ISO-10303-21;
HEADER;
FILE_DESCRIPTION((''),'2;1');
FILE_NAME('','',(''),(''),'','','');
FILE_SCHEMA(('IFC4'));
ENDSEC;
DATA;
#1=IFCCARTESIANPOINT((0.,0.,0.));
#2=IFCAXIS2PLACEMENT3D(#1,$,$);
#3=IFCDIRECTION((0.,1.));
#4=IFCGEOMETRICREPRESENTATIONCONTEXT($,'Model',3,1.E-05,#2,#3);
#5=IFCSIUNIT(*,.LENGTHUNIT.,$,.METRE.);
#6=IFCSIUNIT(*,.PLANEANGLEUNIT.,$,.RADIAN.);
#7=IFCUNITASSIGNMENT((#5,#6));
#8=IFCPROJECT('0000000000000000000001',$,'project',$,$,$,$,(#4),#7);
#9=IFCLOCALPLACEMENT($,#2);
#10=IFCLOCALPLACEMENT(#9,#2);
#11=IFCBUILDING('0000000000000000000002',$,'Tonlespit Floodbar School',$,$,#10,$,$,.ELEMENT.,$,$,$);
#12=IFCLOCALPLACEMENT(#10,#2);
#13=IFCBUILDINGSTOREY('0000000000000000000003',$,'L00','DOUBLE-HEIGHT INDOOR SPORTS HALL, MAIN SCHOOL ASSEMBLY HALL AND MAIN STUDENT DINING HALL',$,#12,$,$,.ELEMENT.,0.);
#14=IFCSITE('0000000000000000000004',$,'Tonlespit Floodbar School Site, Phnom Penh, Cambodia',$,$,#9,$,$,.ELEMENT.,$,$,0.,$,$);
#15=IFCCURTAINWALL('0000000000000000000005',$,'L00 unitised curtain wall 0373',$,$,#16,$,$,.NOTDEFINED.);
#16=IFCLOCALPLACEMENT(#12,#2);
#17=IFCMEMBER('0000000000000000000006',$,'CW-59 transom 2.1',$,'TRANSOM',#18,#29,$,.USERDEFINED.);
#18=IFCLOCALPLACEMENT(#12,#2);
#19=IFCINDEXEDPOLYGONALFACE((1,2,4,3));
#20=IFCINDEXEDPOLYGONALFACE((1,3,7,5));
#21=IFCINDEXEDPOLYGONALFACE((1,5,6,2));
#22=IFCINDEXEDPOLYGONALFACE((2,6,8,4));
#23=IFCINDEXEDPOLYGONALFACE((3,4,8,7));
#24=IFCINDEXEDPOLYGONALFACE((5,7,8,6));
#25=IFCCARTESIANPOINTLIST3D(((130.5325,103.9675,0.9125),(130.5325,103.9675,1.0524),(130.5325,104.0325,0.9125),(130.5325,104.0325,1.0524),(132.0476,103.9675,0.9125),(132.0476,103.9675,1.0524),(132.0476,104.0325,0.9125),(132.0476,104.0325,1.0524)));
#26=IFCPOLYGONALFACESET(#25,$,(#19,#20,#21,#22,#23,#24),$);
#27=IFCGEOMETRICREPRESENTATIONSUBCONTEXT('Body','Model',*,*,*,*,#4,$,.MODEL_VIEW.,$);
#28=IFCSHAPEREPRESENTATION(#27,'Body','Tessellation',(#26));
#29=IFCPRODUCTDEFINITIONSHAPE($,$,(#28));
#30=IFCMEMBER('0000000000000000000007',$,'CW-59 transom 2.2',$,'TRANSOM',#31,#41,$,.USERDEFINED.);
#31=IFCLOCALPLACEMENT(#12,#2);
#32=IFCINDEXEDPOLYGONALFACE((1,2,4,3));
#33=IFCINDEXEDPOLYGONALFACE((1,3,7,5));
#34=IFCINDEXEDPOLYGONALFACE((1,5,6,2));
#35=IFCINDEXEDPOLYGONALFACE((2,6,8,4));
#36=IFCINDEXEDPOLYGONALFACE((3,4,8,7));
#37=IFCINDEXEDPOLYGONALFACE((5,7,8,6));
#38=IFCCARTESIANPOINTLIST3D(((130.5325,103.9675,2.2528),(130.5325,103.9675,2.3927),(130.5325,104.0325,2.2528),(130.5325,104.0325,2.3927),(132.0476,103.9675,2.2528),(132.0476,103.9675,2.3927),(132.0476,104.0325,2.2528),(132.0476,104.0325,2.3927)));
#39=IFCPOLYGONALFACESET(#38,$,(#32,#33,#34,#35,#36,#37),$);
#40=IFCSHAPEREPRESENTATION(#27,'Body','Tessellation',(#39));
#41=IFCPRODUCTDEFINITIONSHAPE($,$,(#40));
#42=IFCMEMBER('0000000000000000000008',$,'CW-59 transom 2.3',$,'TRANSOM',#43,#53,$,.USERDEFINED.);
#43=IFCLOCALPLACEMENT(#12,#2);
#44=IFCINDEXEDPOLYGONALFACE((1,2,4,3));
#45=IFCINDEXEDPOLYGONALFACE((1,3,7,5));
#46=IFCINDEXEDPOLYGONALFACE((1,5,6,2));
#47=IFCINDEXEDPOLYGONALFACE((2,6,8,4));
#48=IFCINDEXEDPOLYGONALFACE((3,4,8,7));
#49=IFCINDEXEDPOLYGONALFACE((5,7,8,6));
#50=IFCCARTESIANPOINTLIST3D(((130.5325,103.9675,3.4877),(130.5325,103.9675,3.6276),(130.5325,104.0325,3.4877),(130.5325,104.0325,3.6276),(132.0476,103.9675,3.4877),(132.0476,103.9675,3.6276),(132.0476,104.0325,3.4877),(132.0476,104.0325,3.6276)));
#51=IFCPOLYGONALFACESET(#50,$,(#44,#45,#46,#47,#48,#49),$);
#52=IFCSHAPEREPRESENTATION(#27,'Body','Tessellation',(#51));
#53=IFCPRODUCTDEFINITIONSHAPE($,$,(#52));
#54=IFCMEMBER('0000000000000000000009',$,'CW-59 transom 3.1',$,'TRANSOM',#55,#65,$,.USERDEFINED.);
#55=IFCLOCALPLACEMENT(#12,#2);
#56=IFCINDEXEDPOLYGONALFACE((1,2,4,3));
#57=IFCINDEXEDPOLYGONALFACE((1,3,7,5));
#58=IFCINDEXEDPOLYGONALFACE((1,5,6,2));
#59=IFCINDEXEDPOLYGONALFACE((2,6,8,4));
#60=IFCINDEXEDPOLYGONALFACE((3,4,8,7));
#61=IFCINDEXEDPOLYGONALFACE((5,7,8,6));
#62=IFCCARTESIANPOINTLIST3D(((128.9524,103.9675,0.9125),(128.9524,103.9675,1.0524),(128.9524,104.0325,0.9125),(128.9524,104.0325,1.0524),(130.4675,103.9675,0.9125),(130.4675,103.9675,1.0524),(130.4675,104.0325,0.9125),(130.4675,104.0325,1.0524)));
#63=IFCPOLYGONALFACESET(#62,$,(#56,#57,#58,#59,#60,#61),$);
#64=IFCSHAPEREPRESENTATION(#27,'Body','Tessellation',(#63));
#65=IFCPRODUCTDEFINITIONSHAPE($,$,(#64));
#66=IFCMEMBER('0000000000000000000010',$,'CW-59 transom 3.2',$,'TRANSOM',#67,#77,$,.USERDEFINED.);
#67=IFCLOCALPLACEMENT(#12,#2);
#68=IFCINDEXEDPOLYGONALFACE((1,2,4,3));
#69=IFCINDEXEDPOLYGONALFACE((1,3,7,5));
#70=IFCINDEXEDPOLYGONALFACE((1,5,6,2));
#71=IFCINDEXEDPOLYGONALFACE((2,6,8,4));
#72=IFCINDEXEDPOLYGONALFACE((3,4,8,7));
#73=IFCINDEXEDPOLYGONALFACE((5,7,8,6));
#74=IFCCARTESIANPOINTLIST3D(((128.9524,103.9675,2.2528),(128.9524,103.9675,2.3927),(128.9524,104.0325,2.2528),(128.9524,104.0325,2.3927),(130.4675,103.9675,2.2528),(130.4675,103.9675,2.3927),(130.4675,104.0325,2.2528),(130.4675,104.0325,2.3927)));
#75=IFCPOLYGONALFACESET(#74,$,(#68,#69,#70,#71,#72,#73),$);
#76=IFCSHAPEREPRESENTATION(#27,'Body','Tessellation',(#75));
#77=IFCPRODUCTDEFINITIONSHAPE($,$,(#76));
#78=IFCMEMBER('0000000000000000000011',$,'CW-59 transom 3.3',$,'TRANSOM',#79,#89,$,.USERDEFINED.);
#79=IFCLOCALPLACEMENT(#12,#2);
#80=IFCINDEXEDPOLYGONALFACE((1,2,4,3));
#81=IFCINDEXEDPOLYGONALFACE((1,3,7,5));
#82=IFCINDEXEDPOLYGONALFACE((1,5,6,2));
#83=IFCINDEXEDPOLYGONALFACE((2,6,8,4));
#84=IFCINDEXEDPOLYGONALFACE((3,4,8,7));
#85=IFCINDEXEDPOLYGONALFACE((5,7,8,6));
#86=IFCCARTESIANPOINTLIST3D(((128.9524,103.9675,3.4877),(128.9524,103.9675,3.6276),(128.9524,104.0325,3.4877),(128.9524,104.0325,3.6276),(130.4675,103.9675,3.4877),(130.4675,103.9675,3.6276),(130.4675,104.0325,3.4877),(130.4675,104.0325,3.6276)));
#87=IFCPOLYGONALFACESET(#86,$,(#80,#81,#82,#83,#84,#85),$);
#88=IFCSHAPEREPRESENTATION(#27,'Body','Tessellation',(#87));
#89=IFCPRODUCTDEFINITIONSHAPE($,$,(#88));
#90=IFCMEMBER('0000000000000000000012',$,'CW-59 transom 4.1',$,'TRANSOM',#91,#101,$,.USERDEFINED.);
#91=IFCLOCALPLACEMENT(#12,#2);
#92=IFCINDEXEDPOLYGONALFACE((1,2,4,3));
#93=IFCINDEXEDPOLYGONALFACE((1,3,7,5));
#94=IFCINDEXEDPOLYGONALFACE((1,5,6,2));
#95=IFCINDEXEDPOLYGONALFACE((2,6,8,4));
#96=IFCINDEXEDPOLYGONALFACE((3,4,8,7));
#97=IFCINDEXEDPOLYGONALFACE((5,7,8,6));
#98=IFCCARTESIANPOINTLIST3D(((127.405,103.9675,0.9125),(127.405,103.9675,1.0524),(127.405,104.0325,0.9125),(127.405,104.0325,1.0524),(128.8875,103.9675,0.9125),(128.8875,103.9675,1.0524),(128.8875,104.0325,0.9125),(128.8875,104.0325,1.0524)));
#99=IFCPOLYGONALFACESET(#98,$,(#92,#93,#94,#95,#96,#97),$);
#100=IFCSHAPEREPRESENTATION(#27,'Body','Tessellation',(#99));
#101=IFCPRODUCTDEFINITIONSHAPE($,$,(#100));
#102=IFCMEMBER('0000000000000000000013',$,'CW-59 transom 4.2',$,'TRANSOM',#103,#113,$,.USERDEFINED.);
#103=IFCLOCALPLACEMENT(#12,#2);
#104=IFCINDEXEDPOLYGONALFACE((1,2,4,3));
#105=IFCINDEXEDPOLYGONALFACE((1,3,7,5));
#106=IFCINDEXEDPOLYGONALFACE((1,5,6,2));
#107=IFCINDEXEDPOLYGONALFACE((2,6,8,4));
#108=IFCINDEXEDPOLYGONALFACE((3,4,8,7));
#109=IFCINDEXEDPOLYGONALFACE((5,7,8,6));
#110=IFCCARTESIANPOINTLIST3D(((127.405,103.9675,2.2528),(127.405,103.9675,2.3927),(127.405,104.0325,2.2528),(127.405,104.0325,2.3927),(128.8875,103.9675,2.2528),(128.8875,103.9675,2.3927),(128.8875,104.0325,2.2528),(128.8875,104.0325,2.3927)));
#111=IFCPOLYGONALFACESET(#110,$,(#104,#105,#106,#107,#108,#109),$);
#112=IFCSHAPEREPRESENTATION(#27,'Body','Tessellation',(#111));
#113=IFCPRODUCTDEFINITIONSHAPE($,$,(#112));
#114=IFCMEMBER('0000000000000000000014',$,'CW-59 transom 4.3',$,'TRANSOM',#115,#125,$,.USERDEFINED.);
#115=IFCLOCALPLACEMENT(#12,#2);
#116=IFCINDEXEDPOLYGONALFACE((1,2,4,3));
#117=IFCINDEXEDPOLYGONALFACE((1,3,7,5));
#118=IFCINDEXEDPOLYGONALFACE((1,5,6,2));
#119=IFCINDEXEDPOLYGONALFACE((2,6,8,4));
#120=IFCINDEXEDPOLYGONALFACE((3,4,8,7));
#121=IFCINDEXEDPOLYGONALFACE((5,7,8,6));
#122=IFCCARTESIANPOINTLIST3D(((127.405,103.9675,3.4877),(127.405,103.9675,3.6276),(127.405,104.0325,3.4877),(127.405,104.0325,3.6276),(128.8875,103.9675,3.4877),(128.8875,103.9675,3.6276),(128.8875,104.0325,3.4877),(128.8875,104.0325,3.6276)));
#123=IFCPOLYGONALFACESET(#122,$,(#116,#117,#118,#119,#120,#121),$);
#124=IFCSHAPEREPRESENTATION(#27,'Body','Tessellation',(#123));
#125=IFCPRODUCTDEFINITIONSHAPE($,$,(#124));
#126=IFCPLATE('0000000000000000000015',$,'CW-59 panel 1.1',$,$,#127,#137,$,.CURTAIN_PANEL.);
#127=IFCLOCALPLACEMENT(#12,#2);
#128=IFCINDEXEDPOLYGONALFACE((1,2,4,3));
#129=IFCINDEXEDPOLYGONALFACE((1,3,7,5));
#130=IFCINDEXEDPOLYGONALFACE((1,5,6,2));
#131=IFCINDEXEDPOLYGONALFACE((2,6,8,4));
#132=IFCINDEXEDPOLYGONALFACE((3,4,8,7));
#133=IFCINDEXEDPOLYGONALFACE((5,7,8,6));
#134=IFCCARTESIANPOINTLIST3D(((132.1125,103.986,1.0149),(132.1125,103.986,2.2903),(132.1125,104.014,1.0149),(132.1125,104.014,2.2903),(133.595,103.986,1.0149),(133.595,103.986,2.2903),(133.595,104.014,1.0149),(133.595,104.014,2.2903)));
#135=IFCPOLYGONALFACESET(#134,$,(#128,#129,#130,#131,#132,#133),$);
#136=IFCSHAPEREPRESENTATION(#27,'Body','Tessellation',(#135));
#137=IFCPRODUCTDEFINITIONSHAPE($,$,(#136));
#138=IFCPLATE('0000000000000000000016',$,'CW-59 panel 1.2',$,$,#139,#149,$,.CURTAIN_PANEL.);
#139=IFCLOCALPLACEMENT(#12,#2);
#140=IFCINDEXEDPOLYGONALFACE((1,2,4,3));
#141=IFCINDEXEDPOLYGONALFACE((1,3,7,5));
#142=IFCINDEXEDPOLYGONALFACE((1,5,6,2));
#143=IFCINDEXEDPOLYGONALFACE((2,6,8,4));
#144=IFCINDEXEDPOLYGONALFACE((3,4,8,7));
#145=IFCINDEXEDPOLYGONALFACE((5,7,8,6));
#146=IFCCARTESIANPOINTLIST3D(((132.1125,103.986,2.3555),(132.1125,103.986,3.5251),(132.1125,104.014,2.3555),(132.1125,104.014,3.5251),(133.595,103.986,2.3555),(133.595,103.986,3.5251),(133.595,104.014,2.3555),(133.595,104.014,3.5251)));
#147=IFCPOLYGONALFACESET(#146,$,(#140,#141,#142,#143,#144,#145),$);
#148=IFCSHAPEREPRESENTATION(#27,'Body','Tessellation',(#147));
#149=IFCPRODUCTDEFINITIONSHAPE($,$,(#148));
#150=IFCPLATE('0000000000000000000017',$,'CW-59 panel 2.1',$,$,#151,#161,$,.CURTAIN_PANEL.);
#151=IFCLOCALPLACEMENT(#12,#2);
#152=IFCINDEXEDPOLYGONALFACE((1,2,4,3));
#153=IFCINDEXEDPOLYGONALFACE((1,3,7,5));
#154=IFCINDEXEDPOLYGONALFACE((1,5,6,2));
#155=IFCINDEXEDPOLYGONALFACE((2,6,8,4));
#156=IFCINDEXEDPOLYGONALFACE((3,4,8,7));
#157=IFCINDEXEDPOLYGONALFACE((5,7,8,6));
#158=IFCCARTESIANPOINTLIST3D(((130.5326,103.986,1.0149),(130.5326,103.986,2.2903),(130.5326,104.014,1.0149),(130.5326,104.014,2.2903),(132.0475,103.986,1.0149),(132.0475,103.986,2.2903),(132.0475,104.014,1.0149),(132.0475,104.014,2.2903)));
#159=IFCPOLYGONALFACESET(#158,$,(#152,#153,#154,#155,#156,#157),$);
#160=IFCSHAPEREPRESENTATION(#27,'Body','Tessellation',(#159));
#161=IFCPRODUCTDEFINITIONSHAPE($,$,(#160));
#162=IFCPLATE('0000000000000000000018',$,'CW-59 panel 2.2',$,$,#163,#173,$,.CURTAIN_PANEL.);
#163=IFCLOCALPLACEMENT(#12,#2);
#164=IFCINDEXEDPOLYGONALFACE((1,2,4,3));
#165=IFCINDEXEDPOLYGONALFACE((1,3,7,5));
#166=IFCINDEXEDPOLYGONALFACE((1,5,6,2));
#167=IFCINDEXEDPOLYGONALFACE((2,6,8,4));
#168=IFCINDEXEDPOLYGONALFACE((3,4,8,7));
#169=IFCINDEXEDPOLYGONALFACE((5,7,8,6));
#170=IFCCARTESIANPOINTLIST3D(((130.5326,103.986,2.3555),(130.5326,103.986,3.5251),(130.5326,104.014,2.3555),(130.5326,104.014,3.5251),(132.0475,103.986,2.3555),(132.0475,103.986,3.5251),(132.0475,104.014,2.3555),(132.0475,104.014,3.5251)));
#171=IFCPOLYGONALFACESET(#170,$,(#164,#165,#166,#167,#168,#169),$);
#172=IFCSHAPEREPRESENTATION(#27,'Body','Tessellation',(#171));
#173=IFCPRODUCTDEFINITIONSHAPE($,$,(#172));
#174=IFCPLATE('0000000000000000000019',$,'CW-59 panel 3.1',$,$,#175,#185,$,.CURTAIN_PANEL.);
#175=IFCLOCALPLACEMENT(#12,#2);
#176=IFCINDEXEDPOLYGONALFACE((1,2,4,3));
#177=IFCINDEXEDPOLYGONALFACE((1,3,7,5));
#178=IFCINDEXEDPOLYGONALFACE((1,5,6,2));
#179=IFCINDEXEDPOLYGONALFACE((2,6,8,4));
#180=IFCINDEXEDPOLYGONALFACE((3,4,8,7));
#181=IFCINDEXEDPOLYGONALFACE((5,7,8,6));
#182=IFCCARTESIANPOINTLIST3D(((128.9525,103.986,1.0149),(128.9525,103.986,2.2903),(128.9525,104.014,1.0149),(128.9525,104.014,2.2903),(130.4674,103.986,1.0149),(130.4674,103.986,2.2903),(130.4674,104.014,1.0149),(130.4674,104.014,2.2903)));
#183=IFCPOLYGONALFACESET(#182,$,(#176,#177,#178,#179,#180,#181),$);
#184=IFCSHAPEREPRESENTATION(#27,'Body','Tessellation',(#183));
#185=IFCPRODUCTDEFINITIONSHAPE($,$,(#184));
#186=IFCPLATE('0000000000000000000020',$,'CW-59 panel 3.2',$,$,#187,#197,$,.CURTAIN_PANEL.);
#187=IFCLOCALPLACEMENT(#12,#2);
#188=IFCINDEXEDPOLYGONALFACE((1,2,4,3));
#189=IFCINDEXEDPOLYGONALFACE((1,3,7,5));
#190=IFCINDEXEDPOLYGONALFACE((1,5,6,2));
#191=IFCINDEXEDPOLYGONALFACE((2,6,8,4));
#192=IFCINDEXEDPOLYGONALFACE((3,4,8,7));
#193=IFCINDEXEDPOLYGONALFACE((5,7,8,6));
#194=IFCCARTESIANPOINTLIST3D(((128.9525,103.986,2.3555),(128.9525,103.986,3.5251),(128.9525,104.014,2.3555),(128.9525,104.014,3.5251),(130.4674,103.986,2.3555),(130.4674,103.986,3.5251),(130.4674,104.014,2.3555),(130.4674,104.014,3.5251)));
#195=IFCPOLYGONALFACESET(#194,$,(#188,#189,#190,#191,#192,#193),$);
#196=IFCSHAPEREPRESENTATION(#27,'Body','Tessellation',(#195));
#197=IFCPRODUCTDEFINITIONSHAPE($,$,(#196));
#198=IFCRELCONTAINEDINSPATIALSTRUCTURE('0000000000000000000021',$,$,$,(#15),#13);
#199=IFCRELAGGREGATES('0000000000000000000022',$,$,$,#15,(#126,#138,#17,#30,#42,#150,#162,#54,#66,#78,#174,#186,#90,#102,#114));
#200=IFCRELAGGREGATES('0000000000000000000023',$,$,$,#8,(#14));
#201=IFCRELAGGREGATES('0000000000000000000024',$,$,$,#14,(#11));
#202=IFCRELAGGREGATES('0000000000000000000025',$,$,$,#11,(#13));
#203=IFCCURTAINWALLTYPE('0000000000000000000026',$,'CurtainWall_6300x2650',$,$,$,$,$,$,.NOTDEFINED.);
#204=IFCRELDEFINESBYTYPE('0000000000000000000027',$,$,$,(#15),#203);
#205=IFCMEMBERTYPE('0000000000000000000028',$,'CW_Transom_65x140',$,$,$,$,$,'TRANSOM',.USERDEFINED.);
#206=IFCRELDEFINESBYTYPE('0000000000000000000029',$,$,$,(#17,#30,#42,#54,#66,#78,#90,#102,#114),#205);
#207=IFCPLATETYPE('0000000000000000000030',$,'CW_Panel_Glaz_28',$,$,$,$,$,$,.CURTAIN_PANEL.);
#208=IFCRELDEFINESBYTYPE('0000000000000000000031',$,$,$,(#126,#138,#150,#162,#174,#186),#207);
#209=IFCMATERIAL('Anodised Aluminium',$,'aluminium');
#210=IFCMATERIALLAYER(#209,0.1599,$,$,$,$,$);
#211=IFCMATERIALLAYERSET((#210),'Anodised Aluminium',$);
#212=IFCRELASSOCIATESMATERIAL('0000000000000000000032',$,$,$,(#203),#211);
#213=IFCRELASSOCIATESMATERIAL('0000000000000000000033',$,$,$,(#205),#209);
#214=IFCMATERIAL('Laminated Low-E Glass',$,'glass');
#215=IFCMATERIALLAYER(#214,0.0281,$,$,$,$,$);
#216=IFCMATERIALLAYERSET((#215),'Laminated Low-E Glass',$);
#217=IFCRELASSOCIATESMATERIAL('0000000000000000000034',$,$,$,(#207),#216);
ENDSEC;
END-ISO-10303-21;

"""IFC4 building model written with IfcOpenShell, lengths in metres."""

from ifc_helpers import new_model, si_unit, direction, frame, origin, origin_2d, place, context, subcontext, project, spatial, rectangle, extrude, material, layer, layer_set, material_profile, profile_set, type_object, element, aggregate, save


model = new_model("IFC4")

# Units and contexts
model_context = context("Model", 3, precision=1e-05, world=origin(), true_north=direction((0.0, 1.0)))
body_context = subcontext(model_context, "Body", "Model", "MODEL_VIEW")
ifc_project = project(units=[si_unit("LENGTHUNIT", "METRE"), si_unit("PLANEANGLEUNIT", "RADIAN")], contexts=[model_context])

# Site, building, storey
site_placement = place(None, origin())
site = spatial("IfcSite", under=ifc_project, at=site_placement, Name="Tonlespit Floodbar School Site, Phnom Penh, Cambodia", CompositionType="ELEMENT", RefElevation=0.0)
building_placement = place(site_placement, origin())
building = spatial("IfcBuilding", under=site, at=building_placement, Name="Tonlespit Floodbar School", CompositionType="ELEMENT")
storey_placement = place(building_placement, origin())
storey = spatial("IfcBuildingStorey", under=building, at=storey_placement, Name="L00", Description="DOUBLE-HEIGHT INDOOR SPORTS HALL, MAIN SCHOOL ASSEMBLY HALL AND MAIN STUDENT DINING HALL", CompositionType="ELEMENT", Elevation=0.0)

# Curtain wall, members, plates
ifc_material_1 = material(Name="Anodised Aluminium", Category="aluminium")
ifc_layer_1 = layer(ifc_material_1, 0.1599)
ifc_layer_set_1 = layer_set([ifc_layer_1], Name="Anodised Aluminium")
curtain_wall_type = type_object("IfcCurtainWallType", Name="CurtainWall_6300x2650", PredefinedType="NOTDEFINED", material=ifc_layer_set_1)
curtain_wall_placement = place(storey_placement, origin())
curtain_wall = element("IfcCurtainWall", 1, at=curtain_wall_placement, inside=storey, type_object=curtain_wall_type, Name="L00 unitised curtain wall 0373", PredefinedType="NOTDEFINED")
ifc_material_profile_1 = material_profile(ifc_material_1, rectangle(XDim=0.0649, YDim=0.1399, at=origin_2d()), Name="ALU T65x140")
ifc_profile_set_1 = profile_set([ifc_material_profile_1], Name="Anodised Aluminium")
member_type_1 = type_object("IfcMemberType", Name="CW_Transom_65x140", ElementType="TRANSOM", PredefinedType="USERDEFINED", material=ifc_profile_set_1)
member_1_placement = place(storey_placement, frame((132.0476, 104.0, 0.9824), z_axis=(-1.0, 0.0, 0.0), x_axis=(0.0, -1.0, 0.0)))
member_1 = element("IfcMember", 2, at=member_1_placement, type_object=member_type_1, Name="CW-59 transom 2.1", ObjectType="TRANSOM", PredefinedType="USERDEFINED", context=body_context, shape_type="SweptSolid", body=[
    extrude(rectangle(XDim=0.0649, YDim=0.1399, at=origin_2d()), origin(), (0.0, 0.0, 1.0), 1.5151),
])
member_2_placement = place(storey_placement, frame((132.0476, 104.0, 2.3228), z_axis=(-1.0, 0.0, 0.0), x_axis=(0.0, -1.0, 0.0)))
member_2 = element("IfcMember", 3, at=member_2_placement, type_object=member_type_1, Name="CW-59 transom 2.2", ObjectType="TRANSOM", PredefinedType="USERDEFINED", context=body_context, shape_type="SweptSolid", body=[
    extrude(rectangle(XDim=0.0649, YDim=0.1399, at=origin_2d()), origin(), (0.0, 0.0, 1.0), 1.5151),
])
member_3_placement = place(storey_placement, frame((132.0476, 104.0, 3.5576), z_axis=(-1.0, 0.0, 0.0), x_axis=(0.0, -1.0, 0.0)))
member_3 = element("IfcMember", 4, at=member_3_placement, type_object=member_type_1, Name="CW-59 transom 2.3", ObjectType="TRANSOM", PredefinedType="USERDEFINED", context=body_context, shape_type="SweptSolid", body=[
    extrude(rectangle(XDim=0.0649, YDim=0.1399, at=origin_2d()), origin(), (0.0, 0.0, 1.0), 1.5151),
])
member_4_placement = place(storey_placement, frame((130.4675, 104.0, 0.9824), z_axis=(-1.0, 0.0, 0.0), x_axis=(0.0, -1.0, 0.0)))
member_4 = element("IfcMember", 5, at=member_4_placement, type_object=member_type_1, Name="CW-59 transom 3.1", ObjectType="TRANSOM", PredefinedType="USERDEFINED", context=body_context, shape_type="SweptSolid", body=[
    extrude(rectangle(XDim=0.0649, YDim=0.1399, at=origin_2d()), origin(), (0.0, 0.0, 1.0), 1.5151),
])
member_5_placement = place(storey_placement, frame((130.4675, 104.0, 2.3228), z_axis=(-1.0, 0.0, 0.0), x_axis=(0.0, -1.0, 0.0)))
member_5 = element("IfcMember", 6, at=member_5_placement, type_object=member_type_1, Name="CW-59 transom 3.2", ObjectType="TRANSOM", PredefinedType="USERDEFINED", context=body_context, shape_type="SweptSolid", body=[
    extrude(rectangle(XDim=0.0649, YDim=0.1399, at=origin_2d()), origin(), (0.0, 0.0, 1.0), 1.5151),
])
member_6_placement = place(storey_placement, frame((130.4675, 104.0, 3.5576), z_axis=(-1.0, 0.0, 0.0), x_axis=(0.0, -1.0, 0.0)))
member_6 = element("IfcMember", 7, at=member_6_placement, type_object=member_type_1, Name="CW-59 transom 3.3", ObjectType="TRANSOM", PredefinedType="USERDEFINED", context=body_context, shape_type="SweptSolid", body=[
    extrude(rectangle(XDim=0.0649, YDim=0.1399, at=origin_2d()), origin(), (0.0, 0.0, 1.0), 1.5151),
])
member_7_placement = place(storey_placement, frame((128.8875, 104.0, 0.9824), z_axis=(-1.0, 0.0, 0.0), x_axis=(0.0, -1.0, 0.0)))
member_7 = element("IfcMember", 8, at=member_7_placement, type_object=member_type_1, Name="CW-59 transom 4.1", ObjectType="TRANSOM", PredefinedType="USERDEFINED", context=body_context, shape_type="SweptSolid", body=[
    extrude(rectangle(XDim=0.0649, YDim=0.1399, at=origin_2d()), origin(), (0.0, 0.0, 1.0), 1.4824),
])
member_8_placement = place(storey_placement, frame((128.8875, 104.0, 2.3228), z_axis=(-1.0, 0.0, 0.0), x_axis=(0.0, -1.0, 0.0)))
member_8 = element("IfcMember", 9, at=member_8_placement, type_object=member_type_1, Name="CW-59 transom 4.2", ObjectType="TRANSOM", PredefinedType="USERDEFINED", context=body_context, shape_type="SweptSolid", body=[
    extrude(rectangle(XDim=0.0649, YDim=0.1399, at=origin_2d()), origin(), (0.0, 0.0, 1.0), 1.4824),
])
member_9_placement = place(storey_placement, frame((128.8875, 104.0, 3.5576), z_axis=(-1.0, 0.0, 0.0), x_axis=(0.0, -1.0, 0.0)))
member_9 = element("IfcMember", 10, at=member_9_placement, type_object=member_type_1, Name="CW-59 transom 4.3", ObjectType="TRANSOM", PredefinedType="USERDEFINED", context=body_context, shape_type="SweptSolid", body=[
    extrude(rectangle(XDim=0.0649, YDim=0.1399, at=origin_2d()), origin(), (0.0, 0.0, 1.0), 1.4824),
])
ifc_material_2 = material(Name="Laminated Low-E Glass", Category="glass")
ifc_layer_2 = layer(ifc_material_2, 0.0281)
ifc_layer_set_2 = layer_set([ifc_layer_2], Name="Laminated Low-E Glass")
plate_type = type_object("IfcPlateType", Name="CW_Panel_Glaz_28", PredefinedType="CURTAIN_PANEL", material=ifc_layer_set_2)
plate_1_placement = place(storey_placement, frame((132.8538, 104.0, 1.0149), z_axis=(0.0, 0.0, 1.0), x_axis=(-1.0, 0.0, 0.0)))
plate_1 = element("IfcPlate", 11, at=plate_1_placement, type_object=plate_type, Name="CW-59 panel 1.1", PredefinedType="CURTAIN_PANEL", context=body_context, shape_type="SweptSolid", body=[
    extrude(rectangle(XDim=1.4824, YDim=0.0281, at=origin_2d()), origin(), (0.0, 0.0, 1.0), 1.2754),
])
plate_2_placement = place(storey_placement, frame((132.8538, 104.0, 2.3555), z_axis=(0.0, 0.0, 1.0), x_axis=(-1.0, 0.0, 0.0)))
plate_2 = element("IfcPlate", 12, at=plate_2_placement, type_object=plate_type, Name="CW-59 panel 1.2", PredefinedType="CURTAIN_PANEL", context=body_context, shape_type="SweptSolid", body=[
    extrude(rectangle(XDim=1.4824, YDim=0.0281, at=origin_2d()), origin(), (0.0, 0.0, 1.0), 1.1697),
])
plate_3_placement = place(storey_placement, frame((131.29, 104.0, 1.0149), z_axis=(0.0, 0.0, 1.0), x_axis=(-1.0, 0.0, 0.0)))
plate_3 = element("IfcPlate", 13, at=plate_3_placement, type_object=plate_type, Name="CW-59 panel 2.1", PredefinedType="CURTAIN_PANEL", context=body_context, shape_type="SweptSolid", body=[
    extrude(rectangle(XDim=1.5149, YDim=0.0281, at=origin_2d()), origin(), (0.0, 0.0, 1.0), 1.2754),
])
plate_4_placement = place(storey_placement, frame((131.29, 104.0, 2.3555), z_axis=(0.0, 0.0, 1.0), x_axis=(-1.0, 0.0, 0.0)))
plate_4 = element("IfcPlate", 14, at=plate_4_placement, type_object=plate_type, Name="CW-59 panel 2.2", PredefinedType="CURTAIN_PANEL", context=body_context, shape_type="SweptSolid", body=[
    extrude(rectangle(XDim=1.5149, YDim=0.0281, at=origin_2d()), origin(), (0.0, 0.0, 1.0), 1.1697),
])
plate_5_placement = place(storey_placement, frame((129.71, 104.0, 1.0149), z_axis=(0.0, 0.0, 1.0), x_axis=(-1.0, 0.0, 0.0)))
plate_5 = element("IfcPlate", 15, at=plate_5_placement, type_object=plate_type, Name="CW-59 panel 3.1", PredefinedType="CURTAIN_PANEL", context=body_context, shape_type="SweptSolid", body=[
    extrude(rectangle(XDim=1.5149, YDim=0.0281, at=origin_2d()), origin(), (0.0, 0.0, 1.0), 1.2754),
])
plate_6_placement = place(storey_placement, frame((129.71, 104.0, 2.3555), z_axis=(0.0, 0.0, 1.0), x_axis=(-1.0, 0.0, 0.0)))
plate_6 = element("IfcPlate", 16, at=plate_6_placement, type_object=plate_type, Name="CW-59 panel 3.2", PredefinedType="CURTAIN_PANEL", context=body_context, shape_type="SweptSolid", body=[
    extrude(rectangle(XDim=1.5149, YDim=0.0281, at=origin_2d()), origin(), (0.0, 0.0, 1.0), 1.1697),
])
aggregate(curtain_wall, [plate_1, plate_2, member_1, member_2, member_3, plate_3, plate_4, member_4, member_5, member_6, plate_5, plate_6, member_7, member_8, member_9])

save(model, "model.ifc")
